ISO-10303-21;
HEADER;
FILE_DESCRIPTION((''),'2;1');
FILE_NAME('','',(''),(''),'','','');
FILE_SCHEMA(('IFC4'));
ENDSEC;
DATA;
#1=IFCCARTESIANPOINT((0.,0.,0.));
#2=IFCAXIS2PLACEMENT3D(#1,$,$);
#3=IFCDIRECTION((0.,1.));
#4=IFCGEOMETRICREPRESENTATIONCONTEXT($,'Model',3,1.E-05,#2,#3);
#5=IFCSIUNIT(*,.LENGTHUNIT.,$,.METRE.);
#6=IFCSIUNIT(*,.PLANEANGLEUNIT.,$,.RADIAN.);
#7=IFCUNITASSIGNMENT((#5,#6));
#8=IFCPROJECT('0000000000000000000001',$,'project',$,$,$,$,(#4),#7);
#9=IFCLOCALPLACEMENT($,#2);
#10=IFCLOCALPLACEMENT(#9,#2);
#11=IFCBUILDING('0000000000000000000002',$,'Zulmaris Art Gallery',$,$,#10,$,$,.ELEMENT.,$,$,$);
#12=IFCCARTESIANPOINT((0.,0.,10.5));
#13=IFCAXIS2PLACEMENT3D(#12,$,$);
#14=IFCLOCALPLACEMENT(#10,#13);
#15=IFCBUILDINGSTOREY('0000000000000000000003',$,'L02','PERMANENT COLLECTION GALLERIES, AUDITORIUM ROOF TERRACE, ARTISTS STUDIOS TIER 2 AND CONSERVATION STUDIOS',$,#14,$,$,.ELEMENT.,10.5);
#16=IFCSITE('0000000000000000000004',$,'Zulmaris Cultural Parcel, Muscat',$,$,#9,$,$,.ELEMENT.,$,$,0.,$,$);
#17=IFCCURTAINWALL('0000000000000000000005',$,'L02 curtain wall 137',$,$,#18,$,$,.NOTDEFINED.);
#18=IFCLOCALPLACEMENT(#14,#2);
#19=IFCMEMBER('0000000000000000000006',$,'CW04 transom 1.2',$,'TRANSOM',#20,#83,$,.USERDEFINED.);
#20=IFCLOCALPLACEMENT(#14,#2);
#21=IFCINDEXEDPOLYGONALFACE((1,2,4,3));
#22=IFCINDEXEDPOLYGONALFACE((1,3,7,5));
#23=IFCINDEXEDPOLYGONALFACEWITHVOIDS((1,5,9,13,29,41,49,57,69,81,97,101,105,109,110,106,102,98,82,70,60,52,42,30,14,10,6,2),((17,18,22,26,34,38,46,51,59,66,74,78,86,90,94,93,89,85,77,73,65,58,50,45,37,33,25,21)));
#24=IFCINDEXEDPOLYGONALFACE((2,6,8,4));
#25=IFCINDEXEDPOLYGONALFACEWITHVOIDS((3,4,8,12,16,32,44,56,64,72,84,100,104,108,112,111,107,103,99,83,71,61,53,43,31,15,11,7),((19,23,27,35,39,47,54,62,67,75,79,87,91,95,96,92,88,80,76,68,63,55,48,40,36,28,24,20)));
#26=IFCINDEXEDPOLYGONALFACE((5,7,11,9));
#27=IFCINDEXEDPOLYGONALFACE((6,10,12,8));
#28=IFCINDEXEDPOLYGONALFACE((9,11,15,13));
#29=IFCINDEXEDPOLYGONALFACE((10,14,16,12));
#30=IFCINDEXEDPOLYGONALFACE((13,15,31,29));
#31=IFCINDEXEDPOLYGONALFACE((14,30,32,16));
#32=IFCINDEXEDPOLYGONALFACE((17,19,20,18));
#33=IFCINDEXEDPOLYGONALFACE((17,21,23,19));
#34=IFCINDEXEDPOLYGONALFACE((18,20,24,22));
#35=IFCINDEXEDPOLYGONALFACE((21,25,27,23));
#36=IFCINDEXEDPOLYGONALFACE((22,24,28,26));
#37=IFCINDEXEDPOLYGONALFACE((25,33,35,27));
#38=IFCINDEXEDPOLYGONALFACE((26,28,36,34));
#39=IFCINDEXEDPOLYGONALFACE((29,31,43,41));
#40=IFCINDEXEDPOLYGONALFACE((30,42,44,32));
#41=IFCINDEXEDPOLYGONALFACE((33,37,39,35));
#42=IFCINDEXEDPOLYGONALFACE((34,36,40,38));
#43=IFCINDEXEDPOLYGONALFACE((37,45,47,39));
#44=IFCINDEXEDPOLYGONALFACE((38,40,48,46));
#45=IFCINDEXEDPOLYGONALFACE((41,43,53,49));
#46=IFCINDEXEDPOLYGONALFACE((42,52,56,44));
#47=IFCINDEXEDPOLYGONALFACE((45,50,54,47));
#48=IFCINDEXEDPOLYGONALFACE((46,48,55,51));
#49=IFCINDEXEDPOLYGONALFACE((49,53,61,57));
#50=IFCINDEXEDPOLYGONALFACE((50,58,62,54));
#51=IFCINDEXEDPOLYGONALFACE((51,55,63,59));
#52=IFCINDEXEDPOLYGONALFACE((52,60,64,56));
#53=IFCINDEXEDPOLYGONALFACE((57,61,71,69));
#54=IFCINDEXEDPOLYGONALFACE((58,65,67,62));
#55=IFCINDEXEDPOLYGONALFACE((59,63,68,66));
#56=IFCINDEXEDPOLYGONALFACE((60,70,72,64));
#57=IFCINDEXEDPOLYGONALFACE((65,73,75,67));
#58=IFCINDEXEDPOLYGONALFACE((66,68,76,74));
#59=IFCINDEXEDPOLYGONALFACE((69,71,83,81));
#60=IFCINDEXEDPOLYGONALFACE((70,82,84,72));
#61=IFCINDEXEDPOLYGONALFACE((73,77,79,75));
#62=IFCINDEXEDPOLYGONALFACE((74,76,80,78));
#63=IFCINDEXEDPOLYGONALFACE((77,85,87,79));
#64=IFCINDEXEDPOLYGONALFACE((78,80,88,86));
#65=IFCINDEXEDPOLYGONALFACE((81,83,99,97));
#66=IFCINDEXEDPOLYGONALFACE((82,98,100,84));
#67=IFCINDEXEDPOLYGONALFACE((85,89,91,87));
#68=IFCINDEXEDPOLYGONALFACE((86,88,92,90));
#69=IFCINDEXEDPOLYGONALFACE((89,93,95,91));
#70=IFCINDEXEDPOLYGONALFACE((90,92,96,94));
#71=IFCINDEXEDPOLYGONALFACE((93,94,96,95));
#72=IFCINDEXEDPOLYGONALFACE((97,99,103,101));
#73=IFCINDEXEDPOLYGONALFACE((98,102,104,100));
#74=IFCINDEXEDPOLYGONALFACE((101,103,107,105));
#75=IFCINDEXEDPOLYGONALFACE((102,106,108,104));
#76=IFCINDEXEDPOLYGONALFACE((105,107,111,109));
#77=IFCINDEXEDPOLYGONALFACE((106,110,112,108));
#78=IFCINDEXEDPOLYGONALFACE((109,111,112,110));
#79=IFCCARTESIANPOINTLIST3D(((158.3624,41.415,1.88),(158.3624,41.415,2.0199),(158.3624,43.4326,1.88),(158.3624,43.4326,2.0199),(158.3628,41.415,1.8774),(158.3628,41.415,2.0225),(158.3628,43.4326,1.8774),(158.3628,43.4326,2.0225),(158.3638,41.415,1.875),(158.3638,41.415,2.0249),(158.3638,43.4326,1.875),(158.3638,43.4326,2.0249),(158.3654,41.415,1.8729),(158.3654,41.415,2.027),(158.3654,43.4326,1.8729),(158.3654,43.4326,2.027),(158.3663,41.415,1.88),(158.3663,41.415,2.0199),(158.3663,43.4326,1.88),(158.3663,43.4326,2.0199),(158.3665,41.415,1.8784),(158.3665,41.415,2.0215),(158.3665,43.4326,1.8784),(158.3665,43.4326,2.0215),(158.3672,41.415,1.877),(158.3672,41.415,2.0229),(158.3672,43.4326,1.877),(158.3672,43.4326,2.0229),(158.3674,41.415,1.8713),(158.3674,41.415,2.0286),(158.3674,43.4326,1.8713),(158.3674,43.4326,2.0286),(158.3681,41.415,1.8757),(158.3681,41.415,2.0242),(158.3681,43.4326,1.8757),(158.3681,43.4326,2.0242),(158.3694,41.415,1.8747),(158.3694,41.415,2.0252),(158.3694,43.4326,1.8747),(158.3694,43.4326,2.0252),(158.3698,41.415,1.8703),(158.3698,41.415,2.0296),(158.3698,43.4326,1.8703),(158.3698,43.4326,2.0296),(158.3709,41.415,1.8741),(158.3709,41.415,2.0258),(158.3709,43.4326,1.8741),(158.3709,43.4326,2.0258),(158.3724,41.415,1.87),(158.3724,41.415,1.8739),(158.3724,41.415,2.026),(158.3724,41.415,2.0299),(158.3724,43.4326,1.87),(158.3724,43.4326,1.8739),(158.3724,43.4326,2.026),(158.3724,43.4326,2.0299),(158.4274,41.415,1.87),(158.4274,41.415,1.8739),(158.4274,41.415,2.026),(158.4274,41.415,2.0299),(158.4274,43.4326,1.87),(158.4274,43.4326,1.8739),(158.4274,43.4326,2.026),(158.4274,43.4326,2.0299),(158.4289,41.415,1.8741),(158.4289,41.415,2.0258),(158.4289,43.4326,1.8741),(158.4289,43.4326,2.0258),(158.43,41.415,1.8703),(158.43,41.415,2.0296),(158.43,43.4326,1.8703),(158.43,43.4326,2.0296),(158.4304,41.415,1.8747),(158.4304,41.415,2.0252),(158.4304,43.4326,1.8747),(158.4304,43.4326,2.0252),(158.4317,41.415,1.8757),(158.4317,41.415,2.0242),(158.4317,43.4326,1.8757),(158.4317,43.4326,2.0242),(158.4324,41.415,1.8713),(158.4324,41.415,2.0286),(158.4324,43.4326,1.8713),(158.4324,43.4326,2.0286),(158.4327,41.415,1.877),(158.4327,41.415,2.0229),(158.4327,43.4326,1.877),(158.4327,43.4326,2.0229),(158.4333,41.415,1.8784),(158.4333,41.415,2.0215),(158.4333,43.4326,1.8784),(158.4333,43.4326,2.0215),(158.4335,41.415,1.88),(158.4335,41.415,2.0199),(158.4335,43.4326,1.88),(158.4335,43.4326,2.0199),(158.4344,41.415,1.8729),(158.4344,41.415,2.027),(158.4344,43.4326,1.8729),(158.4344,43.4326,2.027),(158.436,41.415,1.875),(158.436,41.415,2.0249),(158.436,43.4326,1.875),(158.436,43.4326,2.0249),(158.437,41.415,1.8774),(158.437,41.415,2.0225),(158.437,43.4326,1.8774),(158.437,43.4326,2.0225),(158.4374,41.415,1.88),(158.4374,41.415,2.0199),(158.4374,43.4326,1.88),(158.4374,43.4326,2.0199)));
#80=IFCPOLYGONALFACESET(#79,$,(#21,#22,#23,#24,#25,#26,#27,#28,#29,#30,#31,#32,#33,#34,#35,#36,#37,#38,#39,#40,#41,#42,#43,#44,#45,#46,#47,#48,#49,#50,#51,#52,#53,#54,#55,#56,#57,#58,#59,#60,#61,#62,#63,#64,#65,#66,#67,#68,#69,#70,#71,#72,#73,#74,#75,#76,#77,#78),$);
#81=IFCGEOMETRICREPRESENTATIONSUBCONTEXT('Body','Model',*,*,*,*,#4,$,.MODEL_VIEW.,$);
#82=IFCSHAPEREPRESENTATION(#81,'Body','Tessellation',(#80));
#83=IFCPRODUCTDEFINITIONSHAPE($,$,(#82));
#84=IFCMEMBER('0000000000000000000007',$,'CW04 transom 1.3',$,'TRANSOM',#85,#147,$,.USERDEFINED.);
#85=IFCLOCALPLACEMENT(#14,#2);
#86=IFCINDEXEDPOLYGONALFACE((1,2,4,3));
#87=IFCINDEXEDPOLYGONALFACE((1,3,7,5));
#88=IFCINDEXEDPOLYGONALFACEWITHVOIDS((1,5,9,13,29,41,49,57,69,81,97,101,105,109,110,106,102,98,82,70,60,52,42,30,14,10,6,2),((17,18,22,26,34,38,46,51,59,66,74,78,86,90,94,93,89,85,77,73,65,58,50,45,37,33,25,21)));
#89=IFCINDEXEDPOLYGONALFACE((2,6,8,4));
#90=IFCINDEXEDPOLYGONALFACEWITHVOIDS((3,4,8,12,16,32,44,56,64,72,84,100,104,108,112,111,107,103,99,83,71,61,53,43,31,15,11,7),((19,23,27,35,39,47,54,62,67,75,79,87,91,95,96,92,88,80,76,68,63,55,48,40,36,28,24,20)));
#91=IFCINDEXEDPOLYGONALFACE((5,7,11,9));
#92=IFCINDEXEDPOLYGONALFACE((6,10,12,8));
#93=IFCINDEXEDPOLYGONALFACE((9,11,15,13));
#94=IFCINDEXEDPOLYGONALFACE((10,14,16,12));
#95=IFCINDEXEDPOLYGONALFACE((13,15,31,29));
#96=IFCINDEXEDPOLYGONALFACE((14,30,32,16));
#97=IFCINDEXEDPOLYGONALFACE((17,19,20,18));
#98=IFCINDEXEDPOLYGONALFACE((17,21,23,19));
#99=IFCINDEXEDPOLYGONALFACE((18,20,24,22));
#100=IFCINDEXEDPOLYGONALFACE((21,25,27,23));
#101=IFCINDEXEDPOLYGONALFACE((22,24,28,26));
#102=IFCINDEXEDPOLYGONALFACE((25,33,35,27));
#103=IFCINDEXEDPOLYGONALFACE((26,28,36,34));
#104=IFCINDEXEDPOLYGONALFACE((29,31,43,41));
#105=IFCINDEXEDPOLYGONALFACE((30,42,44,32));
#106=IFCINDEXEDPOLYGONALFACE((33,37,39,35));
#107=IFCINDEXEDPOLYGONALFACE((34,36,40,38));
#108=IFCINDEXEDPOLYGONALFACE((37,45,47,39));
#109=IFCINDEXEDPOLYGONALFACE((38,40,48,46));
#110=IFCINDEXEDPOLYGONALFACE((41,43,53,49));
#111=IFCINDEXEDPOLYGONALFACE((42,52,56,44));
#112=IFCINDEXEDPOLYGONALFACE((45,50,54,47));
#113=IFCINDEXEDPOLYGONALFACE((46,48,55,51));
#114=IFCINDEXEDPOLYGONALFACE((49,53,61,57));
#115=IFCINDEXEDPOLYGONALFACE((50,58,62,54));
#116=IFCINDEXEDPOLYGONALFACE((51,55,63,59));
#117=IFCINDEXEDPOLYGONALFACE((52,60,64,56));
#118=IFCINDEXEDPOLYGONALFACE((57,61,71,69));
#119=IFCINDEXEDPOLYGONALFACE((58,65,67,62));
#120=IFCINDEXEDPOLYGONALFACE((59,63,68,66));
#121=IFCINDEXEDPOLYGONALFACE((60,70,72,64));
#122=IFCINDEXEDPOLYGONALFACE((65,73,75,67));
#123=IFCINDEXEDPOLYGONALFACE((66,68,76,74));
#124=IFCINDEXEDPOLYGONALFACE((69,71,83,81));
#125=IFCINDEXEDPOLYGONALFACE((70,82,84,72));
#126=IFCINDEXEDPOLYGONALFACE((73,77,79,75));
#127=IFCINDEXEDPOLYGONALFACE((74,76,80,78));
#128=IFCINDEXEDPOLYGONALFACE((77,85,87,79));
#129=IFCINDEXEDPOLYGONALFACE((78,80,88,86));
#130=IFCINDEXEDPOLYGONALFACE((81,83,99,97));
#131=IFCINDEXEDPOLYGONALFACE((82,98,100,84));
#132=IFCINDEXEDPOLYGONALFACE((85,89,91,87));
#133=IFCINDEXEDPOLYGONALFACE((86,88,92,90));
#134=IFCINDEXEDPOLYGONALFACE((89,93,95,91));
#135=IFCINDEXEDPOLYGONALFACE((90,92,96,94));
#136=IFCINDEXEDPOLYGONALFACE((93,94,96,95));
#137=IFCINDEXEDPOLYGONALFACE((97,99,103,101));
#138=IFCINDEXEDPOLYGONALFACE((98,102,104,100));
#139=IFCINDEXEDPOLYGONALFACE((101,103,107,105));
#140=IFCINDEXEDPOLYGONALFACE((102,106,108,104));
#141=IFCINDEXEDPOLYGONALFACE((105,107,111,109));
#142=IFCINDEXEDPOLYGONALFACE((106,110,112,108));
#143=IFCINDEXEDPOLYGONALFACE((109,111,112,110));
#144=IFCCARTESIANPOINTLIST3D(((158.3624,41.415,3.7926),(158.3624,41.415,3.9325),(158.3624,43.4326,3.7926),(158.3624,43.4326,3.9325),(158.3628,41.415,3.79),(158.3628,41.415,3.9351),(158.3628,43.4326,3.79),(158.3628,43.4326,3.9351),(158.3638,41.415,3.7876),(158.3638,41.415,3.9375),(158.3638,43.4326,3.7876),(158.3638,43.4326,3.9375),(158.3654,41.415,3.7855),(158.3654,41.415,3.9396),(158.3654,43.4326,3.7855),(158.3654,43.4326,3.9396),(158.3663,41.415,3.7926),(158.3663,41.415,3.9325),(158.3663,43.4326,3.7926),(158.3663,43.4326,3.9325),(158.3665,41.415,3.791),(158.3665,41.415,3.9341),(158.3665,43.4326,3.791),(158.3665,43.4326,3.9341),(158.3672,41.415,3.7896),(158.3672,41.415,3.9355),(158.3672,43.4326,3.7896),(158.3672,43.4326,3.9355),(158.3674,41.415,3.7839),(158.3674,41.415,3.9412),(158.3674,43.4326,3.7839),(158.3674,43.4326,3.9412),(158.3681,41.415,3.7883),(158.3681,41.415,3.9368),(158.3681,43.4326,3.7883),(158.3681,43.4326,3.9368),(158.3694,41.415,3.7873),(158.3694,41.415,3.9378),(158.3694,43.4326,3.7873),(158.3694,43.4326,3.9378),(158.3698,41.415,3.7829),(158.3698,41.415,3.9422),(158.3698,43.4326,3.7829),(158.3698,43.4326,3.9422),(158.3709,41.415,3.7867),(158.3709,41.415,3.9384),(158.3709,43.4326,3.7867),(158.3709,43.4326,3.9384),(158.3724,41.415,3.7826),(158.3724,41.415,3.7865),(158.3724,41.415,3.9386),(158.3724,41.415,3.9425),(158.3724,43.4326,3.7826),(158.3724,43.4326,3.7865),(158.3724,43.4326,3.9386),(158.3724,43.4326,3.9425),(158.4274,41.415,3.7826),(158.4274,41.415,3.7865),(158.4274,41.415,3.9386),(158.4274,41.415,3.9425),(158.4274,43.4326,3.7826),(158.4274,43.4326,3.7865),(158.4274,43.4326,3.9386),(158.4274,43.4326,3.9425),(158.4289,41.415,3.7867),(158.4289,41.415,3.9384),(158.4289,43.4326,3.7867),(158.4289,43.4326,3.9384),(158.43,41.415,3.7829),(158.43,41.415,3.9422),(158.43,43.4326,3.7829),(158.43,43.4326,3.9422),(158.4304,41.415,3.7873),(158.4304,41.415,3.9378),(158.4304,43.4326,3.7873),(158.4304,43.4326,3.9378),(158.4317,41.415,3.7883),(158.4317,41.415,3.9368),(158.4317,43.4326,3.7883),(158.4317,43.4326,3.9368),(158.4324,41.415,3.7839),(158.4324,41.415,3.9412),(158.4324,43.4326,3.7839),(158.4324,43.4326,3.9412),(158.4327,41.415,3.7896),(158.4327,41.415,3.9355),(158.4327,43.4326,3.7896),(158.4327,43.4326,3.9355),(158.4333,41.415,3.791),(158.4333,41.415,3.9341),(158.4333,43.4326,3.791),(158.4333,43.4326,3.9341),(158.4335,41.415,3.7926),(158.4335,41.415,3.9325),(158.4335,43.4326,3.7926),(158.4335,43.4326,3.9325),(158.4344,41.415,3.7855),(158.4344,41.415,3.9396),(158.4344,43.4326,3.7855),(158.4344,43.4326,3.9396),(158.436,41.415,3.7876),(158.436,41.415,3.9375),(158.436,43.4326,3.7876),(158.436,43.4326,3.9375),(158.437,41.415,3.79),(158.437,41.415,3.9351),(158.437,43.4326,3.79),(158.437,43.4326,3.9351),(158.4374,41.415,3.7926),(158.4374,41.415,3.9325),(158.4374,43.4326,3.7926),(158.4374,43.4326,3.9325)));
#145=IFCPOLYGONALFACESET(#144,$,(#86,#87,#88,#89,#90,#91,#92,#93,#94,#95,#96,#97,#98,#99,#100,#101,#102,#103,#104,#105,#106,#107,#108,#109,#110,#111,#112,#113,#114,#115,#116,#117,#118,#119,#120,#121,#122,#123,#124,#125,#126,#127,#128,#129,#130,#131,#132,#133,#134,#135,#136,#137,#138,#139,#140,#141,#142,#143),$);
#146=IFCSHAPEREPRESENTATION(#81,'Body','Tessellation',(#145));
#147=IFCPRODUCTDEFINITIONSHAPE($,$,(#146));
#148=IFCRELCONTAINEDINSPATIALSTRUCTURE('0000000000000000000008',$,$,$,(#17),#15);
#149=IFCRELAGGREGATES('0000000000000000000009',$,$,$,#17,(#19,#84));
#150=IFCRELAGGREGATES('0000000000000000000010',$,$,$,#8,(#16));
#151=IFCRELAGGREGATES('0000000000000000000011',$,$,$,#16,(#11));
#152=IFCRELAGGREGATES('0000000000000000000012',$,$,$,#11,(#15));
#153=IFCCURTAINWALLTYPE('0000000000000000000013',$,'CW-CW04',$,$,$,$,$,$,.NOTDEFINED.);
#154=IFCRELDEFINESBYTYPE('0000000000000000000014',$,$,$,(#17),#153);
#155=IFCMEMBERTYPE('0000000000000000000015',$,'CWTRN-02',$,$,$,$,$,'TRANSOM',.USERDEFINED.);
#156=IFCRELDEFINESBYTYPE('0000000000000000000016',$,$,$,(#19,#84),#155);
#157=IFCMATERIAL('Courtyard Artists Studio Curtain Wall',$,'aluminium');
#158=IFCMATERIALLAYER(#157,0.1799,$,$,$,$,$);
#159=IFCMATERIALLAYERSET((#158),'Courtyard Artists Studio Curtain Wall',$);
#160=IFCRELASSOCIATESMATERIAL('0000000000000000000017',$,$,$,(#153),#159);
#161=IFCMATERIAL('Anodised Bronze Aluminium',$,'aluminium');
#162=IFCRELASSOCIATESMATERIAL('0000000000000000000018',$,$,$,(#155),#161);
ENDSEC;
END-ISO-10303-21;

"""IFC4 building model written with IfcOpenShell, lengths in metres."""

from ifc_helpers import new_model, si_unit, direction, frame, origin, origin_2d, place, context, subcontext, project, spatial, hollow_rectangle, extrude, material, layer, layer_set, material_profile, profile_set, type_object, element, aggregate, save


model = new_model("IFC4")

# Units and contexts
model_context = context("Model", 3, precision=1e-05, world=origin(), true_north=direction((0.0, 1.0)))
body_context = subcontext(model_context, "Body", "Model", "MODEL_VIEW")
ifc_project = project(units=[si_unit("LENGTHUNIT", "METRE"), si_unit("PLANEANGLEUNIT", "RADIAN")], contexts=[model_context])

# Site, building, storey
site_placement = place(None, origin())
site = spatial("IfcSite", under=ifc_project, at=site_placement, Name="Zulmaris Cultural Parcel, Muscat", CompositionType="ELEMENT", RefElevation=0.0)
building_placement = place(site_placement, origin())
building = spatial("IfcBuilding", under=site, at=building_placement, Name="Zulmaris Art Gallery", CompositionType="ELEMENT")
storey_placement = place(building_placement, frame((0.0, 0.0, 10.5)))
storey = spatial("IfcBuildingStorey", under=building, at=storey_placement, Name="L02", Description="PERMANENT COLLECTION GALLERIES, AUDITORIUM ROOF TERRACE, ARTISTS STUDIOS TIER 2 AND CONSERVATION STUDIOS", CompositionType="ELEMENT", Elevation=10.5)

# Curtain wall
ifc_material_1 = material(Name="Courtyard Artists Studio Curtain Wall", Category="aluminium")
ifc_layer_1 = layer(ifc_material_1, 0.1799)
ifc_layer_set_1 = layer_set([ifc_layer_1], Name="Courtyard Artists Studio Curtain Wall")
curtain_wall_type = type_object("IfcCurtainWallType", Name="CW-CW04", PredefinedType="NOTDEFINED", material=ifc_layer_set_1)
curtain_wall_1_placement = place(storey_placement, origin())
curtain_wall_1 = element("IfcCurtainWall", 1, at=curtain_wall_1_placement, inside=storey, type_object=curtain_wall_type, Name="L02 curtain wall 137", PredefinedType="NOTDEFINED")
ifc_material_2 = material(Name="Anodised Bronze Aluminium", Category="aluminium")
ifc_material_profile_1 = material_profile(ifc_material_2, hollow_rectangle(XDim=0.075, YDim=0.1599, WallThickness=0.0039, InnerFilletRadius=0.0061, OuterFilletRadius=0.01, at=origin_2d()), Name="ALU 75x160x4")
ifc_profile_set_1 = profile_set([ifc_material_profile_1], Name="Anodised Bronze Aluminium")
member_type_1 = type_object("IfcMemberType", Name="CWTRN-02", ElementType="TRANSOM", PredefinedType="USERDEFINED", material=ifc_profile_set_1)

# Members
member_1_placement = place(storey_placement, frame((158.3999, 41.415, 1.95), z_axis=(0.0, 1.0, 0.0), x_axis=(-1.0, 0.0, 0.0)))
member_1 = element("IfcMember", 2, at=member_1_placement, type_object=member_type_1, Name="CW04 transom 1.2", ObjectType="TRANSOM", PredefinedType="USERDEFINED", context=body_context, shape_type="SweptSolid", body=[
    extrude(hollow_rectangle(XDim=0.075, YDim=0.1599, WallThickness=0.0039, InnerFilletRadius=0.0061, OuterFilletRadius=0.01, at=origin_2d()), origin(), (0.0, 0.0, 1.0), 2.0176),
])
member_2_placement = place(storey_placement, frame((158.3999, 41.415, 3.8625), z_axis=(0.0, 1.0, 0.0), x_axis=(-1.0, 0.0, 0.0)))
member_2 = element("IfcMember", 3, at=member_2_placement, type_object=member_type_1, Name="CW04 transom 1.3", ObjectType="TRANSOM", PredefinedType="USERDEFINED", context=body_context, shape_type="SweptSolid", body=[
    extrude(hollow_rectangle(XDim=0.075, YDim=0.1599, WallThickness=0.0039, InnerFilletRadius=0.0061, OuterFilletRadius=0.01, at=origin_2d()), origin(), (0.0, 0.0, 1.0), 2.0176),
])

aggregate(curtain_wall_1, [member_1, member_2])

save(model, "model.ifc")
